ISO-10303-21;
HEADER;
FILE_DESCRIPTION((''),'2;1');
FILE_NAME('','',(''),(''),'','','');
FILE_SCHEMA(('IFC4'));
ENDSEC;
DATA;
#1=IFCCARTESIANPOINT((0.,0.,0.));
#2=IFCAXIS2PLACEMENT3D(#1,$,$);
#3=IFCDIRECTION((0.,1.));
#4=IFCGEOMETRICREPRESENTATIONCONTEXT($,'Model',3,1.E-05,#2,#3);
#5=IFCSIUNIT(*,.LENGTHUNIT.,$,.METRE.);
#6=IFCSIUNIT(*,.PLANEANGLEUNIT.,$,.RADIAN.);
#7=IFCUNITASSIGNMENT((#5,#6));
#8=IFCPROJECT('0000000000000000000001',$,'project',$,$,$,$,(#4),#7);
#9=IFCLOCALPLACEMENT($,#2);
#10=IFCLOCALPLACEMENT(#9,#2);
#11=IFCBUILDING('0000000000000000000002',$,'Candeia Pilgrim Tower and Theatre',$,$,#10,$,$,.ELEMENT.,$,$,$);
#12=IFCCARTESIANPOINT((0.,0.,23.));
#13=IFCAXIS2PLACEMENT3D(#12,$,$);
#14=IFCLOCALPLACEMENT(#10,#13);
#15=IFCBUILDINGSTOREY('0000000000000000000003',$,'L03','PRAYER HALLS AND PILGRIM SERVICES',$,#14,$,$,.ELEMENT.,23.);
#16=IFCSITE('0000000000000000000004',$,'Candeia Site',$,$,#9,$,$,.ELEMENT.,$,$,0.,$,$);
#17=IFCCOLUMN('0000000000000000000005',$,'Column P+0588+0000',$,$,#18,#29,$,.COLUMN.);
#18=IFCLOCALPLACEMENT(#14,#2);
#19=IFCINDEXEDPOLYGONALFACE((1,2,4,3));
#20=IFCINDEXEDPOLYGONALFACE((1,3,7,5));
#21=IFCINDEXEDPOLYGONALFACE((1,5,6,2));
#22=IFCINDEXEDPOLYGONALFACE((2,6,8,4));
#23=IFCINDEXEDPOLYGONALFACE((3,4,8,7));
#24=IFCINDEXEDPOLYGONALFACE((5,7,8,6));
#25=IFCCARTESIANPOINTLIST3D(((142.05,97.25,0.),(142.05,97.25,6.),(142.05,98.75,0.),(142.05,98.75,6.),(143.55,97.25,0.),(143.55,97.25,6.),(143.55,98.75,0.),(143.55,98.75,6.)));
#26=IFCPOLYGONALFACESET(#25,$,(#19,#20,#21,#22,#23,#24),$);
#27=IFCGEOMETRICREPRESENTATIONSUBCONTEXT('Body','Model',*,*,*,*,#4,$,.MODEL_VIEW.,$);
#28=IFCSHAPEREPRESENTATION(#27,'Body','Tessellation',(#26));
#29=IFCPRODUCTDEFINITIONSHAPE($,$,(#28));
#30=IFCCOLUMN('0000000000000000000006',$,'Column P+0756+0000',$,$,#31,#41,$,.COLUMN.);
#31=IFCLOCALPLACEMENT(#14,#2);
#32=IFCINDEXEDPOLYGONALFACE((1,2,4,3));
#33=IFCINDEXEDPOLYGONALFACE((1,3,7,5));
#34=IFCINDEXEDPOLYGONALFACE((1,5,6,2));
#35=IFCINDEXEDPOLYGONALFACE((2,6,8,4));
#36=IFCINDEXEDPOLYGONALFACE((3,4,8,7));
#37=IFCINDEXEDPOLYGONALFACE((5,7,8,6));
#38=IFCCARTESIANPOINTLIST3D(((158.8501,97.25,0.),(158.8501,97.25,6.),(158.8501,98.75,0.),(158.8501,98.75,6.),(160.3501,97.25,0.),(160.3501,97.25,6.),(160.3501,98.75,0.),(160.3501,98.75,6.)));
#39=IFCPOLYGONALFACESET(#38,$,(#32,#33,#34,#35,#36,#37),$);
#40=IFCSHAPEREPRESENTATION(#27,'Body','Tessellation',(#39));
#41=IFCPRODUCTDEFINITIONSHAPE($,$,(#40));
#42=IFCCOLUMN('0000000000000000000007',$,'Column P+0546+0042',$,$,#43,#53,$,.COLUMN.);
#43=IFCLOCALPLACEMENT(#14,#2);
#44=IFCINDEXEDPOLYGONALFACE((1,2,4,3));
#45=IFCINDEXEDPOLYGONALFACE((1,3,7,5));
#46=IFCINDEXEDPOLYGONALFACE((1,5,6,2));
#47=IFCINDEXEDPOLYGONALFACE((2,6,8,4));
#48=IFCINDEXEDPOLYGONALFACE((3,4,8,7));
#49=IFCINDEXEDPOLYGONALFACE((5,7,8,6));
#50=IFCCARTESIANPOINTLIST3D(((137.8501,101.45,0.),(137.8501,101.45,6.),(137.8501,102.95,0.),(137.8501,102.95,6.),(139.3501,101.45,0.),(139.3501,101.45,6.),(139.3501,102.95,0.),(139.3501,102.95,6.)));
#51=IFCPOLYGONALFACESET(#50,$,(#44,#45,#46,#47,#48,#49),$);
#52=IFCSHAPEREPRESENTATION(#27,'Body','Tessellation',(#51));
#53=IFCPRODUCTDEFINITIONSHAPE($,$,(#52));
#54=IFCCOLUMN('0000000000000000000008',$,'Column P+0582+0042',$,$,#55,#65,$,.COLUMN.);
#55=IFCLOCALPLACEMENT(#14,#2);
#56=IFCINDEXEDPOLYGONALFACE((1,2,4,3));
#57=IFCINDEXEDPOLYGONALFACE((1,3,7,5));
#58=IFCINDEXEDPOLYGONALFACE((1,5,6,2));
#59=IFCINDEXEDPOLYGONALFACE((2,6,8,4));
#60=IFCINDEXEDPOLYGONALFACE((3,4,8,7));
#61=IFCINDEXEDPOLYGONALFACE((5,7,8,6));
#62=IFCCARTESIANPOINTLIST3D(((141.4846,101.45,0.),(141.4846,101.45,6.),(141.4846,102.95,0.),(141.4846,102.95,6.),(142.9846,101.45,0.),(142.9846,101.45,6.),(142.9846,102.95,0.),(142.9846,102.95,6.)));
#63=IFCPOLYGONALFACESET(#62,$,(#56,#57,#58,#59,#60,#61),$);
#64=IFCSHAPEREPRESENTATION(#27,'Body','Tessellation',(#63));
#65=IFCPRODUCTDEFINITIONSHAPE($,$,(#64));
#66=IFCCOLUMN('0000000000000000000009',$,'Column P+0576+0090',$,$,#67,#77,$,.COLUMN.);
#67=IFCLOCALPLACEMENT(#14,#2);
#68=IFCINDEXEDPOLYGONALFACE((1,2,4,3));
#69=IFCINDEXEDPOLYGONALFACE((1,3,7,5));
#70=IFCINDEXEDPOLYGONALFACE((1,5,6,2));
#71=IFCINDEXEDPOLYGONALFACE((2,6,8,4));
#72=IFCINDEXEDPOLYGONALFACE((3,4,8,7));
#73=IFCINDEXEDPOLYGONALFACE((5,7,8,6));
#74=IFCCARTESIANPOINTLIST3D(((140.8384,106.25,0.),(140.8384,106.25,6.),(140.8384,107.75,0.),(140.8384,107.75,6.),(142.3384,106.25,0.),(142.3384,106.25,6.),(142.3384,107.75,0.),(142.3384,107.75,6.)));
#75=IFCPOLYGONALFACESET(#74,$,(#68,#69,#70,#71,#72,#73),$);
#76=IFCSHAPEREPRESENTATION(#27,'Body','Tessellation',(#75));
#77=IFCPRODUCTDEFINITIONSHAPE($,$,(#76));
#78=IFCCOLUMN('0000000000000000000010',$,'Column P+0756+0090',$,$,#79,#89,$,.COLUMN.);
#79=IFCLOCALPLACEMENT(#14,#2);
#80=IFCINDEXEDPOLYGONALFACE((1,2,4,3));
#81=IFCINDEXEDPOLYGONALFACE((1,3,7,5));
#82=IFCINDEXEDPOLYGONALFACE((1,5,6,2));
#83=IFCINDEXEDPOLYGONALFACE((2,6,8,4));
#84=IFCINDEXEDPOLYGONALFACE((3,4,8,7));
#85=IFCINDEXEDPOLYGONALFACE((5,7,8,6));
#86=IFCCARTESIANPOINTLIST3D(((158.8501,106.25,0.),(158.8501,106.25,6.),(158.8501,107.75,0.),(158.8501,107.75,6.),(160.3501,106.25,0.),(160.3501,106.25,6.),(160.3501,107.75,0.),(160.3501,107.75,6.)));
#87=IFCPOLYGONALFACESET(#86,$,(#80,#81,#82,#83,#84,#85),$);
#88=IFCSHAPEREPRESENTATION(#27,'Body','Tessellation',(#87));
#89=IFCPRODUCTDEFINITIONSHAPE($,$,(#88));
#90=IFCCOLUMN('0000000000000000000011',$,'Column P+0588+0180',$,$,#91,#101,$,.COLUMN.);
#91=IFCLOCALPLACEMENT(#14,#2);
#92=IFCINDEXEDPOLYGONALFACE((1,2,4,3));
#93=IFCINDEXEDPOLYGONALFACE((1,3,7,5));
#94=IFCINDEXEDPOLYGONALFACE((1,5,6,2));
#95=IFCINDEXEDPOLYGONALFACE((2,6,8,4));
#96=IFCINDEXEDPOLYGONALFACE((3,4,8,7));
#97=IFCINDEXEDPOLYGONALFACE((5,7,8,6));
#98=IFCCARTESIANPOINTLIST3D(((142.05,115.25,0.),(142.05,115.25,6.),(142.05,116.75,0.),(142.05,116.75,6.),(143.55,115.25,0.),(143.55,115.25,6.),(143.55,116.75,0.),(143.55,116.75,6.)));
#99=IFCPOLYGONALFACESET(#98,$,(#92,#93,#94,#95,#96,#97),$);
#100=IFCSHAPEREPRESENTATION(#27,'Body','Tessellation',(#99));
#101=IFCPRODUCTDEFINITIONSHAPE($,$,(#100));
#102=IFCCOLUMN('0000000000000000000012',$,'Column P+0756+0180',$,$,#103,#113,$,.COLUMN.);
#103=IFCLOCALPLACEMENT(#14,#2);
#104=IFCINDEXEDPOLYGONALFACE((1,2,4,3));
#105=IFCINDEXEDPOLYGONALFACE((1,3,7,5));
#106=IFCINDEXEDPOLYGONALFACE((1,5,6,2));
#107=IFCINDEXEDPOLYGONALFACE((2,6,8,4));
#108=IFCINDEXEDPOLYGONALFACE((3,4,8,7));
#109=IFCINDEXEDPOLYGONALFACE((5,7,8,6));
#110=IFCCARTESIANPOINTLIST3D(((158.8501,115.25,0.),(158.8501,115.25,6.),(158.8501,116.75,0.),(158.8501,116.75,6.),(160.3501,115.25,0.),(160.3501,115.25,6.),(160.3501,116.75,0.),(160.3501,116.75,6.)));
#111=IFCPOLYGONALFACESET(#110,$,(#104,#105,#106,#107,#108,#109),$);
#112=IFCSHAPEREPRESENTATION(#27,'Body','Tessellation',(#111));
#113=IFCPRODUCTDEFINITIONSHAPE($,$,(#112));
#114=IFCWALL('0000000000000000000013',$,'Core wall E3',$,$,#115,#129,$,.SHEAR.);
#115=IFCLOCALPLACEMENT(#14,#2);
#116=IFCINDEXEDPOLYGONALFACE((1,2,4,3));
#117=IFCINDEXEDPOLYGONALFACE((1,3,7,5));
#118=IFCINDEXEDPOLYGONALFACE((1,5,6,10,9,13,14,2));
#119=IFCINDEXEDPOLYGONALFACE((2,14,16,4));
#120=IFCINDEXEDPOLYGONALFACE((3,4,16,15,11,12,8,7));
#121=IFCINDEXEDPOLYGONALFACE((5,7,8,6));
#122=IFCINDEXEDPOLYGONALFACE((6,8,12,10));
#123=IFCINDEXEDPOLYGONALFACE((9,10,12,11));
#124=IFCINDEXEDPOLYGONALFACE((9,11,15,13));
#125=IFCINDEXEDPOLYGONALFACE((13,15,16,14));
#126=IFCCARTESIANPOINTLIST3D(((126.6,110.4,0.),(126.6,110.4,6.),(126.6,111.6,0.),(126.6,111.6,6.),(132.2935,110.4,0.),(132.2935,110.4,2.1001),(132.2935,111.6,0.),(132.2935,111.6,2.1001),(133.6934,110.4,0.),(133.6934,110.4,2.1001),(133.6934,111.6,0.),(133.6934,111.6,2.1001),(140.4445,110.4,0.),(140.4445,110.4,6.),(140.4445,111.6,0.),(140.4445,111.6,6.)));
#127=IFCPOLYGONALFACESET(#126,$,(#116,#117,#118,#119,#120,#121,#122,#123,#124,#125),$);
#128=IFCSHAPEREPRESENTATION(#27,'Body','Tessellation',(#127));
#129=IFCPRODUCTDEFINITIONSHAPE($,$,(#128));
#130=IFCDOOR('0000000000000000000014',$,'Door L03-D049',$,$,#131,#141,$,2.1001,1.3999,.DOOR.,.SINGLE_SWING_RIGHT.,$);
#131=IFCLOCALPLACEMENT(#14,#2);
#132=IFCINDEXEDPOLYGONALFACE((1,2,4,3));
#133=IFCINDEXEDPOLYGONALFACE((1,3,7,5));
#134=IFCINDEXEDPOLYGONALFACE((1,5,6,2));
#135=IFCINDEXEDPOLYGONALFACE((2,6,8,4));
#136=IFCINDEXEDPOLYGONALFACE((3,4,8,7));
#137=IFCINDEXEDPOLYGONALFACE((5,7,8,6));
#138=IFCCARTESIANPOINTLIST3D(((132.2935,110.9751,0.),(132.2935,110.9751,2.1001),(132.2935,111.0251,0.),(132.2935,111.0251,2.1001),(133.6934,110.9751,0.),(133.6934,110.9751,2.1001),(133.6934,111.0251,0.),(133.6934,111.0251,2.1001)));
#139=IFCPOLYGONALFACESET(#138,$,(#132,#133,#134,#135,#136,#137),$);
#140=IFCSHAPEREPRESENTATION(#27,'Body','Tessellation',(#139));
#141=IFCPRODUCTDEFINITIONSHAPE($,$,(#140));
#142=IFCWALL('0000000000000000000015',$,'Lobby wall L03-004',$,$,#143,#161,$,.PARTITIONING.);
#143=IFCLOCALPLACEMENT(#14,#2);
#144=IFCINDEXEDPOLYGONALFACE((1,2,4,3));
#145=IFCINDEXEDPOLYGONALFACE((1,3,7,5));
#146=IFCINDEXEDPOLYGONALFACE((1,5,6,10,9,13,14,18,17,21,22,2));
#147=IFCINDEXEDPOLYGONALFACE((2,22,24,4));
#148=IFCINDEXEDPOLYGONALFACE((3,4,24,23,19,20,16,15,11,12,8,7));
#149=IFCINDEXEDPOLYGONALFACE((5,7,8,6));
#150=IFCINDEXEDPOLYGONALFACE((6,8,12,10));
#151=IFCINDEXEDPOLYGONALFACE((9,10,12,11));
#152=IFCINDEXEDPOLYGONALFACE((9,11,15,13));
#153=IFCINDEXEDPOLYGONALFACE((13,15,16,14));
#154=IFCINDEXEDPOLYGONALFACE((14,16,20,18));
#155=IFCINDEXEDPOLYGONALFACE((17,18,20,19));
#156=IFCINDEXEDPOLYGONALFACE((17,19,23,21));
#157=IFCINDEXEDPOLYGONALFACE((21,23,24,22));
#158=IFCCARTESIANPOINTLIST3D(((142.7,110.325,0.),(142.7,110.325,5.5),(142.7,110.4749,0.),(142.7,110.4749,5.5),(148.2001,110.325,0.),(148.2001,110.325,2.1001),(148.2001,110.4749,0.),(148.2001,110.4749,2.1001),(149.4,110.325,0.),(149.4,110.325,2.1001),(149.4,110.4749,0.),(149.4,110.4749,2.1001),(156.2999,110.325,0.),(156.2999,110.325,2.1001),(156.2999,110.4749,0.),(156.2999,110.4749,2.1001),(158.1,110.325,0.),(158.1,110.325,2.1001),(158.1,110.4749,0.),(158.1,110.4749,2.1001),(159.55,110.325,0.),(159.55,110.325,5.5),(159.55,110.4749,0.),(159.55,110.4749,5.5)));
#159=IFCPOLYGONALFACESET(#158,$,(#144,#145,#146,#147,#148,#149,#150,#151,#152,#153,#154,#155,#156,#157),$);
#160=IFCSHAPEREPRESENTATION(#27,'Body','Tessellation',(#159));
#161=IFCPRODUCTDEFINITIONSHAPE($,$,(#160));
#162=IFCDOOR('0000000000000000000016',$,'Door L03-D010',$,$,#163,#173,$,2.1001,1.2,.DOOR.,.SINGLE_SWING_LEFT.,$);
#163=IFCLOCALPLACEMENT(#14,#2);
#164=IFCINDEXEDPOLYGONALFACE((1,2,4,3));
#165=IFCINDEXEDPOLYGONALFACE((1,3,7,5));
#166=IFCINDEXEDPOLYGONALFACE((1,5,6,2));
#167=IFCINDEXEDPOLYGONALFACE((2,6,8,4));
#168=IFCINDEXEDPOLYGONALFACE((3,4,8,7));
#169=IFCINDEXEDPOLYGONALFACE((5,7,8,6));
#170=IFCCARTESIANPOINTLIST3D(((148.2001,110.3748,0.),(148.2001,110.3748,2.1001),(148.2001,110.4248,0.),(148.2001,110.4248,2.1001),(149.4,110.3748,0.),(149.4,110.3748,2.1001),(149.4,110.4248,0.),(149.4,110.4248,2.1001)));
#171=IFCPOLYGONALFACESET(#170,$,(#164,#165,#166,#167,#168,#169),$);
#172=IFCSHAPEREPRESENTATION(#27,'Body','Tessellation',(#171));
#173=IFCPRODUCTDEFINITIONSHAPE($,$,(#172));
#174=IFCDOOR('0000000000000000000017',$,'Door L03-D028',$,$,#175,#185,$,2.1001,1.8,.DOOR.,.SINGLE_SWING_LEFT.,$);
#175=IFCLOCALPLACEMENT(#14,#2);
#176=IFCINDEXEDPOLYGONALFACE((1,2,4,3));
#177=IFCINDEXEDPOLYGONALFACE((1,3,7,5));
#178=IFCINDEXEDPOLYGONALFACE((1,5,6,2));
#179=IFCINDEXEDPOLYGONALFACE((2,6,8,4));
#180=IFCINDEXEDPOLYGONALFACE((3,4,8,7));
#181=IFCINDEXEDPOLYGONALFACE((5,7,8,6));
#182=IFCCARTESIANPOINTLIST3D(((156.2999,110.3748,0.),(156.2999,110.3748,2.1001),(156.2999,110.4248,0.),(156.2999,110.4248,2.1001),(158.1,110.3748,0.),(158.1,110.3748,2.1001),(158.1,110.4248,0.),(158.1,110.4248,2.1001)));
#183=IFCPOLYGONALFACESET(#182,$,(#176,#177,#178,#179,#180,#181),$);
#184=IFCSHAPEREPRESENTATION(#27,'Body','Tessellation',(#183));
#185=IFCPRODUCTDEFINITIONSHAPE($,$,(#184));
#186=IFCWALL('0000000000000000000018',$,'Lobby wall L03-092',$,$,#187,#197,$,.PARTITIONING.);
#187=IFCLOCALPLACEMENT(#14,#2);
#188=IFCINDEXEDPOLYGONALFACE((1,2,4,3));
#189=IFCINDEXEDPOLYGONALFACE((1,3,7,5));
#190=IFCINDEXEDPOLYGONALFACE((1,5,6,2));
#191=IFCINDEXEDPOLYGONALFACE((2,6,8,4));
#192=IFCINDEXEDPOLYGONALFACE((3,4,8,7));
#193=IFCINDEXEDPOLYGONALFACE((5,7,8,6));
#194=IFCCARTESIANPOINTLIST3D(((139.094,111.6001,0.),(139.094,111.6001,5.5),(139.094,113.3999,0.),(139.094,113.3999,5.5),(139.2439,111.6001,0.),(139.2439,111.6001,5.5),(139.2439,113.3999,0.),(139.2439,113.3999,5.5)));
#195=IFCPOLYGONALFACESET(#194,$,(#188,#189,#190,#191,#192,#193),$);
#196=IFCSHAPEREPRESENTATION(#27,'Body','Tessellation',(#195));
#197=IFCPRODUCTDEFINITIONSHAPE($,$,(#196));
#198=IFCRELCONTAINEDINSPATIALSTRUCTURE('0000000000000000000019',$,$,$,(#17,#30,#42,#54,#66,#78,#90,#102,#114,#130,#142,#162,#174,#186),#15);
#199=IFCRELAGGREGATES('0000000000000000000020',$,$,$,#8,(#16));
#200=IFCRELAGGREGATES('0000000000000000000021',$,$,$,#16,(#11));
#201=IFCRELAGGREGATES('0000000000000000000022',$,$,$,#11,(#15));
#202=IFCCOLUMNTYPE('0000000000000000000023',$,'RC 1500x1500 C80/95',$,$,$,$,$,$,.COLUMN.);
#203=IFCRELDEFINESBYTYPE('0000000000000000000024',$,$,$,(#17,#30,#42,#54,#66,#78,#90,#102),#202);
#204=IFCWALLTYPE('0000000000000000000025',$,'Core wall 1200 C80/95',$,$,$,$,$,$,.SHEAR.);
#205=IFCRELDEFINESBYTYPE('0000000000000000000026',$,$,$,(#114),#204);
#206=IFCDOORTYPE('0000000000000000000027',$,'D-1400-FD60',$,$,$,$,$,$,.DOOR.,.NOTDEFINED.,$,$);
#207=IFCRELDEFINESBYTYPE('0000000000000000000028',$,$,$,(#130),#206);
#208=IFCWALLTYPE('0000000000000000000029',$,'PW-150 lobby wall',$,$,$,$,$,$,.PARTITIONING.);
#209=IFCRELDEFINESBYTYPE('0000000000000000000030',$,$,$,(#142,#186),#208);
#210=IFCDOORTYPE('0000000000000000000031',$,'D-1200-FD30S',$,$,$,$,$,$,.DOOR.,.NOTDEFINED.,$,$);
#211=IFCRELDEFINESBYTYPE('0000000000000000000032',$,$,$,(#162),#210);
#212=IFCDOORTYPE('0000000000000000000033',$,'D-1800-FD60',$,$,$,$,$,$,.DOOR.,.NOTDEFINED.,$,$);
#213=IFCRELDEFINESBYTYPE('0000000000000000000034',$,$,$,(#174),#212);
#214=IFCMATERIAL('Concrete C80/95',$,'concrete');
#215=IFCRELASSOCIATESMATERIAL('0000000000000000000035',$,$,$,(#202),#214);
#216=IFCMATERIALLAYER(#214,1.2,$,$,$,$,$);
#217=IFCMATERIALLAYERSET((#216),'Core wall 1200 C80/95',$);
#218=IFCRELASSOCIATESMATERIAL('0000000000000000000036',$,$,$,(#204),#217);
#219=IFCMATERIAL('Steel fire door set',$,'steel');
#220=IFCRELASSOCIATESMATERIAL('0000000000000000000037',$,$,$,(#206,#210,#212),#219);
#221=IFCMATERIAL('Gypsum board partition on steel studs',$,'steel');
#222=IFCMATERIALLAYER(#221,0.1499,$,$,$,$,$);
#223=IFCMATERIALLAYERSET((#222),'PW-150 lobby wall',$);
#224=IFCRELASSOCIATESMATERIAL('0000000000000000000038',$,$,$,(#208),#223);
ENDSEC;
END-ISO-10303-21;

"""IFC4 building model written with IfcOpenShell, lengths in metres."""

from ifc_helpers import new_model, si_unit, direction, frame, frame_2d, origin, origin_2d, place, context, subcontext, project, spatial, rectangle, extrude, material, layer, layer_set, material_profile, profile_set, type_object, element, fill, save


model = new_model("IFC4")

# Units and contexts
model_context = context("Model", 3, precision=1e-05, world=origin(), true_north=direction((0.0, 1.0)))
body_context = subcontext(model_context, "Body", "Model", "MODEL_VIEW")
ifc_project = project(units=[si_unit("LENGTHUNIT", "METRE"), si_unit("PLANEANGLEUNIT", "RADIAN")], contexts=[model_context])

# Site, building, storey
site_placement = place(None, origin())
site = spatial("IfcSite", under=ifc_project, at=site_placement, Name="Candeia Site", CompositionType="ELEMENT", RefElevation=0.0)
building_placement = place(site_placement, origin())
building = spatial("IfcBuilding", under=site, at=building_placement, Name="Candeia Pilgrim Tower and Theatre", CompositionType="ELEMENT")
storey_placement = place(building_placement, frame((0.0, 0.0, 23.0)))
storey = spatial("IfcBuildingStorey", under=building, at=storey_placement, Name="L03", Description="PRAYER HALLS AND PILGRIM SERVICES", CompositionType="ELEMENT", Elevation=23.0)

# Columns
ifc_material_1 = material(Name="Concrete C80/95", Category="concrete")
ifc_material_profile = material_profile(ifc_material_1, rectangle(XDim=1.5, YDim=1.5, at=origin_2d()))
ifc_profile_set = profile_set([ifc_material_profile], Name="Concrete C80/95")
column_type = type_object("IfcColumnType", Name="RC 1500x1500 C80/95", PredefinedType="COLUMN", material=ifc_profile_set)
for number, where, z_axis, x_axis, name in (
    (1, (142.8, 98.0, 0.0), (0.0, 0.0, 1.0), (1.0, 0.0, 0.0), "Column P+0588+0000"),
    (2, (159.6001, 98.0, 0.0), (0.0, 0.0, 1.0), (1.0, 0.0, 0.0), "Column P+0756+0000"),
    (3, (138.6001, 102.2, 0.0), (0.0, 0.0, 1.0), (1.0, 0.0, 0.0), "Column P+0546+0042"),
    (4, (142.2346, 102.2, 0.0), (0.0, 0.0, 1.0), (1.0, 0.0, 0.0), "Column P+0582+0042"),
    (5, (141.5884, 107.0, 0.0), (0.0, 0.0, 1.0), (1.0, 0.0, 0.0), "Column P+0576+0090"),
    (6, (159.6001, 107.0, 0.0), (0.0, 0.0, 1.0), (1.0, 0.0, 0.0), "Column P+0756+0090"),
    (7, (142.8, 116.0, 0.0), (0.0, 0.0, 1.0), (1.0, 0.0, 0.0), "Column P+0588+0180"),
    (8, (159.6001, 116.0, 0.0), (0.0, 0.0, 1.0), (1.0, 0.0, 0.0), "Column P+0756+0180"),
):
    element("IfcColumn", number, at=place(storey_placement, frame(where, z_axis=z_axis, x_axis=x_axis)), inside=storey, type_object=column_type, Name=name, PredefinedType="COLUMN", context=body_context, shape_type="SweptSolid", body=[
        extrude(rectangle(XDim=1.5, YDim=1.5, at=origin_2d()), origin(), (0.0, 0.0, 1.0), 6.0),
    ])

# Wall, opening, door
ifc_layer_1 = layer(ifc_material_1, 1.2)
ifc_layer_set_1 = layer_set([ifc_layer_1], Name="Core wall 1200 C80/95")
wall_type_1 = type_object("IfcWallType", Name="Core wall 1200 C80/95", PredefinedType="SHEAR", material=ifc_layer_set_1)
wall_1_placement = place(storey_placement, frame((140.4446, 111.0, 0.0), z_axis=(0.0, 0.0, 1.0), x_axis=(-1.0, 0.0, 0.0)))
wall_1 = element("IfcWall", 9, at=wall_1_placement, inside=storey, type_object=wall_type_1, Name="Core wall E3", PredefinedType="SHEAR", context=body_context, shape_type="SweptSolid", body=[
    extrude(rectangle(XDim=13.8445, YDim=1.2, at=frame_2d((6.9224, 0.0))), origin(), (0.0, 0.0, 1.0), 6.0),
])
opening_1_placement = place(wall_1_placement, frame((6.7512, 0.0, 0.0)))
opening_1 = element("IfcOpeningElement", 10, at=opening_1_placement, cuts=wall_1, PredefinedType="OPENING", context=body_context, shape_type="SweptSolid", body=[
    extrude(rectangle(XDim=1.3999, YDim=2.1001, at=frame_2d((0.7, 1.05))), frame((0.0, 0.6099, 0.0), z_axis=(0.0, -1.0, 0.0), x_axis=(1.0, 0.0, 0.0)), (0.0, 0.0, 1.0), 1.22),
])
ifc_material_2 = material(Name="Steel fire door set", Category="steel")
door_type_1 = type_object("IfcDoorType", Name="D-1400-FD60", OperationType="NOTDEFINED", PredefinedType="DOOR", material=ifc_material_2)
door_1_placement = place(opening_1_placement, origin())
door_1 = element("IfcDoor", 11, at=door_1_placement, inside=storey, type_object=door_type_1, Name="Door L03-D049", OperationType="SINGLE_SWING_RIGHT", OverallHeight=2.1001, OverallWidth=1.3999, PredefinedType="DOOR", context=body_context, shape_type="SweptSolid", body=[
    extrude(rectangle(XDim=1.3999, YDim=2.1001, at=frame_2d((0.7, 1.05))), frame((0.0, 0.0249, 0.0), z_axis=(0.0, -1.0, 0.0), x_axis=(1.0, 0.0, 0.0)), (0.0, 0.0, 1.0), 0.05),
])
fill(opening_1, door_1)

# Wall, openings, doors
ifc_material_3 = material(Name="Gypsum board partition on steel studs", Category="steel")
ifc_layer_2 = layer(ifc_material_3, 0.1499)
ifc_layer_set_2 = layer_set([ifc_layer_2], Name="PW-150 lobby wall")
wall_type_2 = type_object("IfcWallType", Name="PW-150 lobby wall", PredefinedType="PARTITIONING", material=ifc_layer_set_2)
wall_2_placement = place(storey_placement, frame((142.7, 110.3999, 0.0), z_axis=(0.0, 0.0, 1.0), x_axis=(1.0, 0.0, 0.0)))
wall_2 = element("IfcWall", 12, at=wall_2_placement, inside=storey, type_object=wall_type_2, Name="Lobby wall L03-004", PredefinedType="PARTITIONING", context=body_context, shape_type="SweptSolid", body=[
    extrude(rectangle(XDim=16.8501, YDim=0.1499, at=frame_2d((8.425, 0.0))), origin(), (0.0, 0.0, 1.0), 5.5),
])
opening_2_placement = place(wall_2_placement, frame((5.5, 0.0, 0.0)))
opening_2 = element("IfcOpeningElement", 13, at=opening_2_placement, cuts=wall_2, PredefinedType="OPENING", context=body_context, shape_type="SweptSolid", body=[
    extrude(rectangle(XDim=1.2, YDim=2.1001, at=frame_2d((0.6001, 1.05))), frame((0.0, 0.085, 0.0), z_axis=(0.0, -1.0, 0.0), x_axis=(1.0, 0.0, 0.0)), (0.0, 0.0, 1.0), 0.1699),
])
opening_3_placement = place(wall_2_placement, frame((13.6001, 0.0, 0.0)))
opening_3 = element("IfcOpeningElement", 14, at=opening_3_placement, cuts=wall_2, PredefinedType="OPENING", context=body_context, shape_type="SweptSolid", body=[
    extrude(rectangle(XDim=1.8, YDim=2.1001, at=frame_2d((0.8999, 1.05))), frame((0.0, 0.085, 0.0), z_axis=(0.0, -1.0, 0.0), x_axis=(1.0, 0.0, 0.0)), (0.0, 0.0, 1.0), 0.1699),
])
door_type_2 = type_object("IfcDoorType", Name="D-1200-FD30S", OperationType="NOTDEFINED", PredefinedType="DOOR", material=ifc_material_2)
door_2_placement = place(opening_2_placement, origin())
door_2 = element("IfcDoor", 15, at=door_2_placement, inside=storey, type_object=door_type_2, Name="Door L03-D010", OperationType="SINGLE_SWING_LEFT", OverallHeight=2.1001, OverallWidth=1.2, PredefinedType="DOOR", context=body_context, shape_type="SweptSolid", body=[
    extrude(rectangle(XDim=1.2, YDim=2.1001, at=frame_2d((0.6001, 1.05))), frame((0.0, 0.0249, 0.0), z_axis=(0.0, -1.0, 0.0), x_axis=(1.0, 0.0, 0.0)), (0.0, 0.0, 1.0), 0.05),
])
fill(opening_2, door_2)
door_type_3 = type_object("IfcDoorType", Name="D-1800-FD60", OperationType="NOTDEFINED", PredefinedType="DOOR", material=ifc_material_2)
door_3_placement = place(opening_3_placement, origin())
door_3 = element("IfcDoor", 16, at=door_3_placement, inside=storey, type_object=door_type_3, Name="Door L03-D028", OperationType="SINGLE_SWING_LEFT", OverallHeight=2.1001, OverallWidth=1.8, PredefinedType="DOOR", context=body_context, shape_type="SweptSolid", body=[
    extrude(rectangle(XDim=1.8, YDim=2.1001, at=frame_2d((0.8999, 1.05))), frame((0.0, 0.0249, 0.0), z_axis=(0.0, -1.0, 0.0), x_axis=(1.0, 0.0, 0.0)), (0.0, 0.0, 1.0), 0.05),
])
fill(opening_3, door_3)

# Wall
wall_3_placement = place(storey_placement, frame((139.1689, 111.6001, 0.0), z_axis=(0.0, 0.0, 1.0), x_axis=(0.0, 1.0, 0.0)))
element("IfcWall", 17, at=wall_3_placement, inside=storey, type_object=wall_type_2, Name="Lobby wall L03-092", PredefinedType="PARTITIONING", context=body_context, shape_type="SweptSolid", body=[
    extrude(rectangle(XDim=1.7998, YDim=0.1499, at=frame_2d((0.8999, 0.0))), origin(), (0.0, 0.0, 1.0), 5.5),
])

save(model, "model.ifc")
